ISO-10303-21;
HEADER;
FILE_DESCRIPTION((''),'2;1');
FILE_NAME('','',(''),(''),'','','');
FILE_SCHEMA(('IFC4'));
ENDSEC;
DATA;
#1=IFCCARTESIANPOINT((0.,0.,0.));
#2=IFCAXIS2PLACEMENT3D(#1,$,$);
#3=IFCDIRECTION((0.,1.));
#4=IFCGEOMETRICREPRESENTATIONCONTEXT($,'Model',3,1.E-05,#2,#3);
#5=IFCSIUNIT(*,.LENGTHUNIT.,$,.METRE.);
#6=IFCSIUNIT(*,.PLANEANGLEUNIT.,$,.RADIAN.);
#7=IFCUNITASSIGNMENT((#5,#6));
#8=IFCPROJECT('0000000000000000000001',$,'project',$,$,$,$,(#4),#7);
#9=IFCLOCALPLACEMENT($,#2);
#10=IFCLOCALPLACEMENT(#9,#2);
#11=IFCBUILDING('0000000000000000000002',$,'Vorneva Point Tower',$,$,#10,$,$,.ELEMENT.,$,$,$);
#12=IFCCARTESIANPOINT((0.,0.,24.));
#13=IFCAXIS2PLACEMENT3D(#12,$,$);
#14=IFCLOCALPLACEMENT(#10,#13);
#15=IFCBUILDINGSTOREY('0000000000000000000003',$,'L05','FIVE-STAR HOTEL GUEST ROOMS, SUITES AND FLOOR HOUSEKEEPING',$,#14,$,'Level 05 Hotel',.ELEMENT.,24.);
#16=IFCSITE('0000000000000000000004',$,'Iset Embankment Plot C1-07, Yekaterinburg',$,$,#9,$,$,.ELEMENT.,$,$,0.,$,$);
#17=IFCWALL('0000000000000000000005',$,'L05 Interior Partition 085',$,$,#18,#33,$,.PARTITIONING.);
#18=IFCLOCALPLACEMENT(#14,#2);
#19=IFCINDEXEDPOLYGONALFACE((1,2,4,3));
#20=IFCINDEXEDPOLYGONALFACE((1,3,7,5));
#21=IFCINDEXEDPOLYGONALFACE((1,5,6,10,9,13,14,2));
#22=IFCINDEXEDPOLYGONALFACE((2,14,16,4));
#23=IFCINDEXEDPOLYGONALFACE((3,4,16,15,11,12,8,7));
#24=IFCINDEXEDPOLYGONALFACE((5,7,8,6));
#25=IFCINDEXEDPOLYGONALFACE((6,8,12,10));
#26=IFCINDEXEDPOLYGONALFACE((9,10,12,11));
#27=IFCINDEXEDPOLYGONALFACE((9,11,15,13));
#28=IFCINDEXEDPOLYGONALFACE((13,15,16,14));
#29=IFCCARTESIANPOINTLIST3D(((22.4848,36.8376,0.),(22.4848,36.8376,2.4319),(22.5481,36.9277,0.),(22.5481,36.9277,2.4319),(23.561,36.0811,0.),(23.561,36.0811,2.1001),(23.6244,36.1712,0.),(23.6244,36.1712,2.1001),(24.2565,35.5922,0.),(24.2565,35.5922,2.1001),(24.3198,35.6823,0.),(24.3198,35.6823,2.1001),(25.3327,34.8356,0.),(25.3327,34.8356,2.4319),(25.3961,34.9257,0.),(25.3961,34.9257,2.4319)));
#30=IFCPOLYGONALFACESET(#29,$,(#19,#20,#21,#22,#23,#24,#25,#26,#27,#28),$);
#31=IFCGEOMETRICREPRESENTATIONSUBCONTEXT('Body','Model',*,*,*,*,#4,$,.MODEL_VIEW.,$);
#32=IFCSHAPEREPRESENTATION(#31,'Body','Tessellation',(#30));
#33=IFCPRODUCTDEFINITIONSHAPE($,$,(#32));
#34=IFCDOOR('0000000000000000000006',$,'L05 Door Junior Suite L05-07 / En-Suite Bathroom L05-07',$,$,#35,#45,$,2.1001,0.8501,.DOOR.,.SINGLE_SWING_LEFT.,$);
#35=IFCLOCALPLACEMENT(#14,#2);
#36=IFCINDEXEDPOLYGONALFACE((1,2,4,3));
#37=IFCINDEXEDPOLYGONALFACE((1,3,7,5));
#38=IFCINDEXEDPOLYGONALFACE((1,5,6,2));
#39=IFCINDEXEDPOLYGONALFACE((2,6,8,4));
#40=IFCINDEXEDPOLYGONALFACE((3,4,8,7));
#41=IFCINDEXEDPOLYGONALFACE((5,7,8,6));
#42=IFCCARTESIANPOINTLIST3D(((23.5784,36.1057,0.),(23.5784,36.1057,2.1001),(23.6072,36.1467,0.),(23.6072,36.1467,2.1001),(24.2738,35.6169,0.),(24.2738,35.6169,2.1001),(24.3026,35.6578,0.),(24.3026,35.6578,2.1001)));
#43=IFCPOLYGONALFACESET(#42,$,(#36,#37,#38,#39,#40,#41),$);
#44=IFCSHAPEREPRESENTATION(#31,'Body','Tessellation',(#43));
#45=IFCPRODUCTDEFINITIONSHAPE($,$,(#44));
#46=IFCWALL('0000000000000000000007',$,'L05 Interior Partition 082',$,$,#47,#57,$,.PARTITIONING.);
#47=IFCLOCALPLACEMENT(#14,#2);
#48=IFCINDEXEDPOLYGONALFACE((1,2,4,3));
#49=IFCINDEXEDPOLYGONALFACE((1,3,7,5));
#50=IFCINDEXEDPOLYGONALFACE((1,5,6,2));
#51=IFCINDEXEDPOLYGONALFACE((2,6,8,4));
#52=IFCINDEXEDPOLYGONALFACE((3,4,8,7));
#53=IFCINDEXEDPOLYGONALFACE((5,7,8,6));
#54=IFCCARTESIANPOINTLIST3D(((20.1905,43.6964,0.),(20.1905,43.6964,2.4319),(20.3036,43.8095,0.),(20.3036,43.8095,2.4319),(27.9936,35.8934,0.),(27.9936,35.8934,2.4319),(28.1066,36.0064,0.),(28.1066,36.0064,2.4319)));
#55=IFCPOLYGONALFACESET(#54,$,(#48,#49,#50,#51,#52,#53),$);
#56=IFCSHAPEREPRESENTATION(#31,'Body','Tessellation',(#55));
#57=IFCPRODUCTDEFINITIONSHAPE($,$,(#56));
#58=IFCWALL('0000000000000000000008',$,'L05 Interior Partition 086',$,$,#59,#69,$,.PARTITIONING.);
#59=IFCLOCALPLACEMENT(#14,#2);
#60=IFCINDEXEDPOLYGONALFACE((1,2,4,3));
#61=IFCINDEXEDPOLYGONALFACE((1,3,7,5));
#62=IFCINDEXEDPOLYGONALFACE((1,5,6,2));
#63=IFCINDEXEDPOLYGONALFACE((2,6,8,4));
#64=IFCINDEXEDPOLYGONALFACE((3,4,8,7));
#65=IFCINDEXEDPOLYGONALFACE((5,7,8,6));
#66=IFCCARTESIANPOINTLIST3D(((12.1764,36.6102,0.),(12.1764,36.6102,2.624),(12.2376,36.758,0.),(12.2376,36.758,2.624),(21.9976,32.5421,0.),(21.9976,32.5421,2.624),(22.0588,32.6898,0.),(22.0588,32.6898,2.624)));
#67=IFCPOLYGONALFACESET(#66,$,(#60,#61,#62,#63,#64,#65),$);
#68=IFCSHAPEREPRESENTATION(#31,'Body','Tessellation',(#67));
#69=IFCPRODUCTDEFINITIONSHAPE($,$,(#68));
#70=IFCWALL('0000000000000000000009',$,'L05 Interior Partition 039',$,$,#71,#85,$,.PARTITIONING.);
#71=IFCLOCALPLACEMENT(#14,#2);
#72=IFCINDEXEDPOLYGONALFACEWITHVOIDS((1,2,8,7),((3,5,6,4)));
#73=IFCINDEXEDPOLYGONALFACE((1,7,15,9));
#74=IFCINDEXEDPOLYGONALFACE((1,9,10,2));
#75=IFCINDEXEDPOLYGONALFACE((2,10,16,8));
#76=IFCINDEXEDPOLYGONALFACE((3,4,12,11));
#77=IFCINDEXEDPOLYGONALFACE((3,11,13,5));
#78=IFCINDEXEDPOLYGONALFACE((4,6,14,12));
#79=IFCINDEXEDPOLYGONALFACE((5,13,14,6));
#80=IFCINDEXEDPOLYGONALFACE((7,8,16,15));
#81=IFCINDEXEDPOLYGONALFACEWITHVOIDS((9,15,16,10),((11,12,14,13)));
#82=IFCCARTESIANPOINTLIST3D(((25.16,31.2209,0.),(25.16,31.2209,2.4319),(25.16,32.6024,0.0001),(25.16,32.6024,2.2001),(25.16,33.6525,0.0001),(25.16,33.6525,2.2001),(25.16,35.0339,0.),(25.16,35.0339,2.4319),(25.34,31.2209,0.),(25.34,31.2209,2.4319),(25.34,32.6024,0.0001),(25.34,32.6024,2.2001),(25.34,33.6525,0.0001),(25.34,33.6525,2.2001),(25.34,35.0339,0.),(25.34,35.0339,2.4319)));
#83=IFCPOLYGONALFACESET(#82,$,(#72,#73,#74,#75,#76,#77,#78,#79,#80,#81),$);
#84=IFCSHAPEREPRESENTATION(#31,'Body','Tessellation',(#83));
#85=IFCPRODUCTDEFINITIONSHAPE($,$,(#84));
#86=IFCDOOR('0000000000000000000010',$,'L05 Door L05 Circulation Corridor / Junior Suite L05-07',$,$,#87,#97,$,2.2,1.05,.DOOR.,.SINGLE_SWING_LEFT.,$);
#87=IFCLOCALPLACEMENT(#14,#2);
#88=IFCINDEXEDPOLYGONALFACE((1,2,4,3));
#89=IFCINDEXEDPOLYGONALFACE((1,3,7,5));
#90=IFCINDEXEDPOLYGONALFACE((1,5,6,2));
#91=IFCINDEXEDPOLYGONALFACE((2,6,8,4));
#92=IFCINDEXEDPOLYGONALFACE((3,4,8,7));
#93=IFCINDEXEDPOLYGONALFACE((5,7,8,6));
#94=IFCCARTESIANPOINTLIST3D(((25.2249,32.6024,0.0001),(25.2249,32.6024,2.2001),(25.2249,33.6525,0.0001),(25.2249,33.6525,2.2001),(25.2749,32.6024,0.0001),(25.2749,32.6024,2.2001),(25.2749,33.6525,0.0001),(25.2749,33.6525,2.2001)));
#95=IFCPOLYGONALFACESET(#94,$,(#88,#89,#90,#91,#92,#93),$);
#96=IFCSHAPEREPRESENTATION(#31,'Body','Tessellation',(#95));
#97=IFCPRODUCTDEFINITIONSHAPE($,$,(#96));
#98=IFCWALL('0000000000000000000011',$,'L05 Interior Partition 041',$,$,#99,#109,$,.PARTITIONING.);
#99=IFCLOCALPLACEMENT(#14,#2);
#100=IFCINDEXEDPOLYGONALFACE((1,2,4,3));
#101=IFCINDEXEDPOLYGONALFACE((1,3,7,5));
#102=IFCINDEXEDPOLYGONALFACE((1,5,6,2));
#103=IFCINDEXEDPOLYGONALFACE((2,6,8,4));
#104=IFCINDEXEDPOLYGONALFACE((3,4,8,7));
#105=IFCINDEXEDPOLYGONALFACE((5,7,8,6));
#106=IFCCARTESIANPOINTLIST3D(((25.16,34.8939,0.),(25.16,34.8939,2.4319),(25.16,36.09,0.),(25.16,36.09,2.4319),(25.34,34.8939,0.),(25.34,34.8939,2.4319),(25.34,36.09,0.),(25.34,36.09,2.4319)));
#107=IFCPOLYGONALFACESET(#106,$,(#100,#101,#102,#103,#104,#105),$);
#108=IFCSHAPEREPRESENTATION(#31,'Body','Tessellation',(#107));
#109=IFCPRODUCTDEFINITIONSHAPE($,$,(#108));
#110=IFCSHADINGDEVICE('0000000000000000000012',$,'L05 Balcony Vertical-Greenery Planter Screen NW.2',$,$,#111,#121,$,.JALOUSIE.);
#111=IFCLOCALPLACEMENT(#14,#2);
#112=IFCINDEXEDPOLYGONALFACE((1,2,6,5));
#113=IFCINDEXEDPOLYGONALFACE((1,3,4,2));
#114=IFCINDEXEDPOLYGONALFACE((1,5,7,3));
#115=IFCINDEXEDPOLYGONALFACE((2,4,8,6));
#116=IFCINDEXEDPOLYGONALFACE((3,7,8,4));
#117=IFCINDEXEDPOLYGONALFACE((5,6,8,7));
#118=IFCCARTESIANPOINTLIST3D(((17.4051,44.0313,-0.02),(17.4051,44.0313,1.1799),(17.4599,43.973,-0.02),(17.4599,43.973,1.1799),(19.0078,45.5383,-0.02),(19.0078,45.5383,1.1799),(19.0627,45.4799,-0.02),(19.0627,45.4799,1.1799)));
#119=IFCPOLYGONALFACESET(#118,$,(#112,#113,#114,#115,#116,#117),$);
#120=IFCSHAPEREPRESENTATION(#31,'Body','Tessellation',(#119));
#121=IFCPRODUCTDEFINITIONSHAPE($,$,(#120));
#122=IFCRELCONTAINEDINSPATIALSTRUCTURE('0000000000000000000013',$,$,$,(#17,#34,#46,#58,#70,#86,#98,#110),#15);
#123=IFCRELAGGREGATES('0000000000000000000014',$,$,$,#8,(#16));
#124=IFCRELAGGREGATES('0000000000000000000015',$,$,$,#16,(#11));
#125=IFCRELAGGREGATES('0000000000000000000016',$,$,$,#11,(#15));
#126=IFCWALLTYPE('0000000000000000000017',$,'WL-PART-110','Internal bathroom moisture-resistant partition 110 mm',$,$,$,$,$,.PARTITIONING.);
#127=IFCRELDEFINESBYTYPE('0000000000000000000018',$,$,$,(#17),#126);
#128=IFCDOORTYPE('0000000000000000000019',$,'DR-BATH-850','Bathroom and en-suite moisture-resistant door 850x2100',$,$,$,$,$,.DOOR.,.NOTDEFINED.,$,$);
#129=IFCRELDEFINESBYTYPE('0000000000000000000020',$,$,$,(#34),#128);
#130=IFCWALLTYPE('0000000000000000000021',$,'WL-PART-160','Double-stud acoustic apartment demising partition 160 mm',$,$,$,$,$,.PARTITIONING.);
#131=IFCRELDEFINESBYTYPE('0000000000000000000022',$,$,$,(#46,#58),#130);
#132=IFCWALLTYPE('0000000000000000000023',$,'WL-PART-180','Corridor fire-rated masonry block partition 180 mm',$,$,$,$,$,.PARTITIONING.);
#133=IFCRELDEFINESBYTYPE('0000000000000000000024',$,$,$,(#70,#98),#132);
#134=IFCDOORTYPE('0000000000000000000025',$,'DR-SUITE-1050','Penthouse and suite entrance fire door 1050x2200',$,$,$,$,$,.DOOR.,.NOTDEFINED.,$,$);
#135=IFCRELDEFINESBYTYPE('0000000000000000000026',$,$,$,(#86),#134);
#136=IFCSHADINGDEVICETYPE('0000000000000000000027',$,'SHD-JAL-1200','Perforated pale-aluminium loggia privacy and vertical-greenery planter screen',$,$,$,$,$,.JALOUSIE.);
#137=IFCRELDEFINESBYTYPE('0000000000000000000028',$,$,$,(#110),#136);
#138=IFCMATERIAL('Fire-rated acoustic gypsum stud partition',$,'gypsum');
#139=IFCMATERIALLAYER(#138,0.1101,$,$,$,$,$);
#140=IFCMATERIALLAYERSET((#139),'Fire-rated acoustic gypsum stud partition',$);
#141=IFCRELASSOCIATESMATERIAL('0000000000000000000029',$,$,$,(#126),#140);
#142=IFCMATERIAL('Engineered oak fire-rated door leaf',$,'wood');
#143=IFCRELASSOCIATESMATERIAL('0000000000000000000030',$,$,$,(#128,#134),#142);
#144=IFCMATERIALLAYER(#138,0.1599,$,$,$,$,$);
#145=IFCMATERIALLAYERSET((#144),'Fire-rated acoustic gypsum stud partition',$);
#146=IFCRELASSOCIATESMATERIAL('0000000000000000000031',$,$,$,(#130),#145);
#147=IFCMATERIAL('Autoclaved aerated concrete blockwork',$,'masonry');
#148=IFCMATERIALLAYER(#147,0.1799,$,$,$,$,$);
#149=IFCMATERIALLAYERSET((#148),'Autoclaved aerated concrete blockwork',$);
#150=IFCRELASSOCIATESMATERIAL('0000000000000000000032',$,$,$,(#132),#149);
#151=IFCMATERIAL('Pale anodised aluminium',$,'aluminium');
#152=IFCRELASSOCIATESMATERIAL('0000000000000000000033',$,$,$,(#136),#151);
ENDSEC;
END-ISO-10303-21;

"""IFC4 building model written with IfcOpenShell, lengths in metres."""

from ifc_helpers import new_model, si_unit, direction, frame, frame_2d, origin, origin_2d, place, context, subcontext, project, spatial, rectangle, extrude, material, layer, layer_set, type_object, element, fill, save


model = new_model("IFC4")

# Units and contexts
model_context = context("Model", 3, precision=1e-05, world=origin(), true_north=direction((0.0, 1.0)))
body_context = subcontext(model_context, "Body", "Model", "MODEL_VIEW")
ifc_project = project(units=[si_unit("LENGTHUNIT", "METRE"), si_unit("PLANEANGLEUNIT", "RADIAN")], contexts=[model_context])

# Site, building, storey
site_placement = place(None, origin())
site = spatial("IfcSite", under=ifc_project, at=site_placement, Name="Iset Embankment Plot C1-07, Yekaterinburg", CompositionType="ELEMENT", RefElevation=0.0)
building_placement = place(site_placement, origin())
building = spatial("IfcBuilding", under=site, at=building_placement, Name="Vorneva Point Tower", CompositionType="ELEMENT")
storey_placement = place(building_placement, frame((0.0, 0.0, 24.0)))
storey = spatial("IfcBuildingStorey", under=building, at=storey_placement, Name="L05", Description="FIVE-STAR HOTEL GUEST ROOMS, SUITES AND FLOOR HOUSEKEEPING", LongName="Level 05 Hotel", CompositionType="ELEMENT", Elevation=24.0)

# Shared definitions
ifc_material_1 = material(Name="Pale anodised aluminium", Category="aluminium")

# Shared definitions
ifc_material_2 = material(Name="Fire-rated acoustic gypsum stud partition", Category="gypsum")
ifc_layer_1 = layer(ifc_material_2, 0.1101)
ifc_layer_set_1 = layer_set([ifc_layer_1], Name="Fire-rated acoustic gypsum stud partition")
wall_type_1 = type_object("IfcWallType", Name="WL-PART-110", Description="Internal bathroom moisture-resistant partition 110 mm", PredefinedType="PARTITIONING", material=ifc_layer_set_1)

# Wall, opening, door
wall_1_placement = place(storey_placement, frame((25.3645, 34.8806, 0.0), z_axis=(0.0, 0.0, 1.0), x_axis=(-0.818094, 0.575085, 0.0)))
wall_1 = element("IfcWall", 1, at=wall_1_placement, inside=storey, type_object=wall_type_1, Name="L05 Interior Partition 085", PredefinedType="PARTITIONING", context=body_context, shape_type="SweptSolid", body=[
    extrude(rectangle(XDim=3.4812, YDim=0.1101, at=frame_2d((1.7407, 0.0))), origin(), (0.0, 0.0, 1.0), 2.4319),
])
opening_1_placement = place(wall_1_placement, frame((1.3157, 0.0, 0.0)))
opening_1 = element("IfcOpeningElement", 2, at=opening_1_placement, cuts=wall_1, PredefinedType="OPENING", context=body_context, shape_type="SweptSolid", body=[
    extrude(rectangle(XDim=0.8501, YDim=2.1001, at=frame_2d((0.425, 1.05))), frame((0.0, 0.0698, 0.0), z_axis=(0.0, -1.0, 0.0), x_axis=(1.0, 0.0, 0.0)), (0.0, 0.0, 1.0), 0.1399),
])
ifc_material_3 = material(Name="Engineered oak fire-rated door leaf", Category="wood")
door_type_1 = type_object("IfcDoorType", Name="DR-BATH-850", Description="Bathroom and en-suite moisture-resistant door 850x2100", OperationType="NOTDEFINED", PredefinedType="DOOR", material=ifc_material_3)
door_1_placement = place(opening_1_placement, origin())
door_1 = element("IfcDoor", 3, at=door_1_placement, inside=storey, type_object=door_type_1, Name="L05 Door Junior Suite L05-07 / En-Suite Bathroom L05-07", OperationType="SINGLE_SWING_LEFT", OverallHeight=2.1001, OverallWidth=0.8501, PredefinedType="DOOR", context=body_context, shape_type="SweptSolid", body=[
    extrude(rectangle(XDim=0.8501, YDim=2.1001, at=frame_2d((0.425, 1.05))), frame((0.0, 0.0249, 0.0), z_axis=(0.0, -1.0, 0.0), x_axis=(1.0, 0.0, 0.0)), (0.0, 0.0, 1.0), 0.05),
])
fill(opening_1, door_1)

# Walls
ifc_layer_2 = layer(ifc_material_2, 0.1599)
ifc_layer_set_2 = layer_set([ifc_layer_2], Name="Fire-rated acoustic gypsum stud partition")
wall_type_2 = type_object("IfcWallType", Name="WL-PART-160", Description="Double-stud acoustic apartment demising partition 160 mm", PredefinedType="PARTITIONING", material=ifc_layer_set_2)
wall_2_placement = place(storey_placement, frame((20.2471, 43.7529, 0.0), z_axis=(0.0, 0.0, 1.0), x_axis=(0.707107, -0.707107, 0.0)))
element("IfcWall", 4, at=wall_2_placement, inside=storey, type_object=wall_type_2, Name="L05 Interior Partition 082", PredefinedType="PARTITIONING", context=body_context, shape_type="SweptSolid", body=[
    extrude(rectangle(XDim=11.0352, YDim=0.1599, at=frame_2d((5.5176, 0.0))), origin(), (0.0, 0.0, 1.0), 2.4319),
])
wall_3_placement = place(storey_placement, frame((12.207, 36.6841, 0.0), z_axis=(0.0, 0.0, 1.0), x_axis=(0.923876, -0.382692, 0.0)))
element("IfcWall", 5, at=wall_3_placement, inside=storey, type_object=wall_type_2, Name="L05 Interior Partition 086", PredefinedType="PARTITIONING", context=body_context, shape_type="SweptSolid", body=[
    extrude(rectangle(XDim=10.6304, YDim=0.1599, at=frame_2d((5.3152, 0.0))), origin(), (0.0, 0.0, 1.0), 2.624),
])

# Wall, opening, door
ifc_material_4 = material(Name="Autoclaved aerated concrete blockwork", Category="masonry")
ifc_layer_3 = layer(ifc_material_4, 0.1799)
ifc_layer_set_3 = layer_set([ifc_layer_3], Name="Autoclaved aerated concrete blockwork")
wall_type_3 = type_object("IfcWallType", Name="WL-PART-180", Description="Corridor fire-rated masonry block partition 180 mm", PredefinedType="PARTITIONING", material=ifc_layer_set_3)
wall_4_placement = place(storey_placement, frame((25.25, 35.0339, 0.0), z_axis=(0.0, 0.0, 1.0), x_axis=(0.0, -1.0, 0.0)))
wall_4 = element("IfcWall", 6, at=wall_4_placement, inside=storey, type_object=wall_type_3, Name="L05 Interior Partition 039", PredefinedType="PARTITIONING", context=body_context, shape_type="SweptSolid", body=[
    extrude(rectangle(XDim=3.813, YDim=0.1799, at=frame_2d((1.9065, 0.0))), origin(), (0.0, 0.0, 1.0), 2.4319),
])
opening_2_placement = place(wall_4_placement, frame((1.3816, 0.0, 0.0)))
opening_2 = element("IfcOpeningElement", 7, at=opening_2_placement, cuts=wall_4, PredefinedType="OPENING", context=body_context, shape_type="SweptSolid", body=[
    extrude(rectangle(XDim=1.05, YDim=2.2, at=frame_2d((0.5249, 1.1001))), frame((0.0, 0.105, 0.0), z_axis=(0.0, -1.0, 0.0), x_axis=(1.0, 0.0, 0.0)), (0.0, 0.0, 1.0), 0.2097),
])
door_type_2 = type_object("IfcDoorType", Name="DR-SUITE-1050", Description="Penthouse and suite entrance fire door 1050x2200", OperationType="NOTDEFINED", PredefinedType="DOOR", material=ifc_material_3)
door_2_placement = place(opening_2_placement, origin())
door_2 = element("IfcDoor", 8, at=door_2_placement, inside=storey, type_object=door_type_2, Name="L05 Door L05 Circulation Corridor / Junior Suite L05-07", OperationType="SINGLE_SWING_LEFT", OverallHeight=2.2, OverallWidth=1.05, PredefinedType="DOOR", context=body_context, shape_type="SweptSolid", body=[
    extrude(rectangle(XDim=1.05, YDim=2.2, at=frame_2d((0.5249, 1.1001))), frame((0.0, 0.0249, 0.0), z_axis=(0.0, -1.0, 0.0), x_axis=(1.0, 0.0, 0.0)), (0.0, 0.0, 1.0), 0.05),
])
fill(opening_2, door_2)

# Wall
wall_5_placement = place(storey_placement, frame((25.25, 36.0901, 0.0), z_axis=(0.0, 0.0, 1.0), x_axis=(0.0, -1.0, 0.0)))
element("IfcWall", 9, at=wall_5_placement, inside=storey, type_object=wall_type_3, Name="L05 Interior Partition 041", PredefinedType="PARTITIONING", context=body_context, shape_type="SweptSolid", body=[
    extrude(rectangle(XDim=1.196, YDim=0.1799, at=frame_2d((0.5981, 0.0))), origin(), (0.0, 0.0, 1.0), 2.4319),
])

# Shading device
shading_device_type = type_object("IfcShadingDeviceType", Name="SHD-JAL-1200", Description="Perforated pale-aluminium loggia privacy and vertical-greenery planter screen", PredefinedType="JALOUSIE", material=ifc_material_1)
shading_device_placement = place(storey_placement, frame((18.2339, 44.7556, -0.02), z_axis=(0.0, 0.0, 1.0), x_axis=(-0.728538, -0.685005, 0.0)))
element("IfcShadingDevice", 10, at=shading_device_placement, inside=storey, type_object=shading_device_type, Name="L05 Balcony Vertical-Greenery Planter Screen NW.2", PredefinedType="JALOUSIE", context=body_context, shape_type="SweptSolid", body=[
    extrude(rectangle(XDim=2.2, YDim=0.0801, at=origin_2d()), origin(), (0.0, 0.0, 1.0), 1.2),
])

save(model, "model.ifc")
